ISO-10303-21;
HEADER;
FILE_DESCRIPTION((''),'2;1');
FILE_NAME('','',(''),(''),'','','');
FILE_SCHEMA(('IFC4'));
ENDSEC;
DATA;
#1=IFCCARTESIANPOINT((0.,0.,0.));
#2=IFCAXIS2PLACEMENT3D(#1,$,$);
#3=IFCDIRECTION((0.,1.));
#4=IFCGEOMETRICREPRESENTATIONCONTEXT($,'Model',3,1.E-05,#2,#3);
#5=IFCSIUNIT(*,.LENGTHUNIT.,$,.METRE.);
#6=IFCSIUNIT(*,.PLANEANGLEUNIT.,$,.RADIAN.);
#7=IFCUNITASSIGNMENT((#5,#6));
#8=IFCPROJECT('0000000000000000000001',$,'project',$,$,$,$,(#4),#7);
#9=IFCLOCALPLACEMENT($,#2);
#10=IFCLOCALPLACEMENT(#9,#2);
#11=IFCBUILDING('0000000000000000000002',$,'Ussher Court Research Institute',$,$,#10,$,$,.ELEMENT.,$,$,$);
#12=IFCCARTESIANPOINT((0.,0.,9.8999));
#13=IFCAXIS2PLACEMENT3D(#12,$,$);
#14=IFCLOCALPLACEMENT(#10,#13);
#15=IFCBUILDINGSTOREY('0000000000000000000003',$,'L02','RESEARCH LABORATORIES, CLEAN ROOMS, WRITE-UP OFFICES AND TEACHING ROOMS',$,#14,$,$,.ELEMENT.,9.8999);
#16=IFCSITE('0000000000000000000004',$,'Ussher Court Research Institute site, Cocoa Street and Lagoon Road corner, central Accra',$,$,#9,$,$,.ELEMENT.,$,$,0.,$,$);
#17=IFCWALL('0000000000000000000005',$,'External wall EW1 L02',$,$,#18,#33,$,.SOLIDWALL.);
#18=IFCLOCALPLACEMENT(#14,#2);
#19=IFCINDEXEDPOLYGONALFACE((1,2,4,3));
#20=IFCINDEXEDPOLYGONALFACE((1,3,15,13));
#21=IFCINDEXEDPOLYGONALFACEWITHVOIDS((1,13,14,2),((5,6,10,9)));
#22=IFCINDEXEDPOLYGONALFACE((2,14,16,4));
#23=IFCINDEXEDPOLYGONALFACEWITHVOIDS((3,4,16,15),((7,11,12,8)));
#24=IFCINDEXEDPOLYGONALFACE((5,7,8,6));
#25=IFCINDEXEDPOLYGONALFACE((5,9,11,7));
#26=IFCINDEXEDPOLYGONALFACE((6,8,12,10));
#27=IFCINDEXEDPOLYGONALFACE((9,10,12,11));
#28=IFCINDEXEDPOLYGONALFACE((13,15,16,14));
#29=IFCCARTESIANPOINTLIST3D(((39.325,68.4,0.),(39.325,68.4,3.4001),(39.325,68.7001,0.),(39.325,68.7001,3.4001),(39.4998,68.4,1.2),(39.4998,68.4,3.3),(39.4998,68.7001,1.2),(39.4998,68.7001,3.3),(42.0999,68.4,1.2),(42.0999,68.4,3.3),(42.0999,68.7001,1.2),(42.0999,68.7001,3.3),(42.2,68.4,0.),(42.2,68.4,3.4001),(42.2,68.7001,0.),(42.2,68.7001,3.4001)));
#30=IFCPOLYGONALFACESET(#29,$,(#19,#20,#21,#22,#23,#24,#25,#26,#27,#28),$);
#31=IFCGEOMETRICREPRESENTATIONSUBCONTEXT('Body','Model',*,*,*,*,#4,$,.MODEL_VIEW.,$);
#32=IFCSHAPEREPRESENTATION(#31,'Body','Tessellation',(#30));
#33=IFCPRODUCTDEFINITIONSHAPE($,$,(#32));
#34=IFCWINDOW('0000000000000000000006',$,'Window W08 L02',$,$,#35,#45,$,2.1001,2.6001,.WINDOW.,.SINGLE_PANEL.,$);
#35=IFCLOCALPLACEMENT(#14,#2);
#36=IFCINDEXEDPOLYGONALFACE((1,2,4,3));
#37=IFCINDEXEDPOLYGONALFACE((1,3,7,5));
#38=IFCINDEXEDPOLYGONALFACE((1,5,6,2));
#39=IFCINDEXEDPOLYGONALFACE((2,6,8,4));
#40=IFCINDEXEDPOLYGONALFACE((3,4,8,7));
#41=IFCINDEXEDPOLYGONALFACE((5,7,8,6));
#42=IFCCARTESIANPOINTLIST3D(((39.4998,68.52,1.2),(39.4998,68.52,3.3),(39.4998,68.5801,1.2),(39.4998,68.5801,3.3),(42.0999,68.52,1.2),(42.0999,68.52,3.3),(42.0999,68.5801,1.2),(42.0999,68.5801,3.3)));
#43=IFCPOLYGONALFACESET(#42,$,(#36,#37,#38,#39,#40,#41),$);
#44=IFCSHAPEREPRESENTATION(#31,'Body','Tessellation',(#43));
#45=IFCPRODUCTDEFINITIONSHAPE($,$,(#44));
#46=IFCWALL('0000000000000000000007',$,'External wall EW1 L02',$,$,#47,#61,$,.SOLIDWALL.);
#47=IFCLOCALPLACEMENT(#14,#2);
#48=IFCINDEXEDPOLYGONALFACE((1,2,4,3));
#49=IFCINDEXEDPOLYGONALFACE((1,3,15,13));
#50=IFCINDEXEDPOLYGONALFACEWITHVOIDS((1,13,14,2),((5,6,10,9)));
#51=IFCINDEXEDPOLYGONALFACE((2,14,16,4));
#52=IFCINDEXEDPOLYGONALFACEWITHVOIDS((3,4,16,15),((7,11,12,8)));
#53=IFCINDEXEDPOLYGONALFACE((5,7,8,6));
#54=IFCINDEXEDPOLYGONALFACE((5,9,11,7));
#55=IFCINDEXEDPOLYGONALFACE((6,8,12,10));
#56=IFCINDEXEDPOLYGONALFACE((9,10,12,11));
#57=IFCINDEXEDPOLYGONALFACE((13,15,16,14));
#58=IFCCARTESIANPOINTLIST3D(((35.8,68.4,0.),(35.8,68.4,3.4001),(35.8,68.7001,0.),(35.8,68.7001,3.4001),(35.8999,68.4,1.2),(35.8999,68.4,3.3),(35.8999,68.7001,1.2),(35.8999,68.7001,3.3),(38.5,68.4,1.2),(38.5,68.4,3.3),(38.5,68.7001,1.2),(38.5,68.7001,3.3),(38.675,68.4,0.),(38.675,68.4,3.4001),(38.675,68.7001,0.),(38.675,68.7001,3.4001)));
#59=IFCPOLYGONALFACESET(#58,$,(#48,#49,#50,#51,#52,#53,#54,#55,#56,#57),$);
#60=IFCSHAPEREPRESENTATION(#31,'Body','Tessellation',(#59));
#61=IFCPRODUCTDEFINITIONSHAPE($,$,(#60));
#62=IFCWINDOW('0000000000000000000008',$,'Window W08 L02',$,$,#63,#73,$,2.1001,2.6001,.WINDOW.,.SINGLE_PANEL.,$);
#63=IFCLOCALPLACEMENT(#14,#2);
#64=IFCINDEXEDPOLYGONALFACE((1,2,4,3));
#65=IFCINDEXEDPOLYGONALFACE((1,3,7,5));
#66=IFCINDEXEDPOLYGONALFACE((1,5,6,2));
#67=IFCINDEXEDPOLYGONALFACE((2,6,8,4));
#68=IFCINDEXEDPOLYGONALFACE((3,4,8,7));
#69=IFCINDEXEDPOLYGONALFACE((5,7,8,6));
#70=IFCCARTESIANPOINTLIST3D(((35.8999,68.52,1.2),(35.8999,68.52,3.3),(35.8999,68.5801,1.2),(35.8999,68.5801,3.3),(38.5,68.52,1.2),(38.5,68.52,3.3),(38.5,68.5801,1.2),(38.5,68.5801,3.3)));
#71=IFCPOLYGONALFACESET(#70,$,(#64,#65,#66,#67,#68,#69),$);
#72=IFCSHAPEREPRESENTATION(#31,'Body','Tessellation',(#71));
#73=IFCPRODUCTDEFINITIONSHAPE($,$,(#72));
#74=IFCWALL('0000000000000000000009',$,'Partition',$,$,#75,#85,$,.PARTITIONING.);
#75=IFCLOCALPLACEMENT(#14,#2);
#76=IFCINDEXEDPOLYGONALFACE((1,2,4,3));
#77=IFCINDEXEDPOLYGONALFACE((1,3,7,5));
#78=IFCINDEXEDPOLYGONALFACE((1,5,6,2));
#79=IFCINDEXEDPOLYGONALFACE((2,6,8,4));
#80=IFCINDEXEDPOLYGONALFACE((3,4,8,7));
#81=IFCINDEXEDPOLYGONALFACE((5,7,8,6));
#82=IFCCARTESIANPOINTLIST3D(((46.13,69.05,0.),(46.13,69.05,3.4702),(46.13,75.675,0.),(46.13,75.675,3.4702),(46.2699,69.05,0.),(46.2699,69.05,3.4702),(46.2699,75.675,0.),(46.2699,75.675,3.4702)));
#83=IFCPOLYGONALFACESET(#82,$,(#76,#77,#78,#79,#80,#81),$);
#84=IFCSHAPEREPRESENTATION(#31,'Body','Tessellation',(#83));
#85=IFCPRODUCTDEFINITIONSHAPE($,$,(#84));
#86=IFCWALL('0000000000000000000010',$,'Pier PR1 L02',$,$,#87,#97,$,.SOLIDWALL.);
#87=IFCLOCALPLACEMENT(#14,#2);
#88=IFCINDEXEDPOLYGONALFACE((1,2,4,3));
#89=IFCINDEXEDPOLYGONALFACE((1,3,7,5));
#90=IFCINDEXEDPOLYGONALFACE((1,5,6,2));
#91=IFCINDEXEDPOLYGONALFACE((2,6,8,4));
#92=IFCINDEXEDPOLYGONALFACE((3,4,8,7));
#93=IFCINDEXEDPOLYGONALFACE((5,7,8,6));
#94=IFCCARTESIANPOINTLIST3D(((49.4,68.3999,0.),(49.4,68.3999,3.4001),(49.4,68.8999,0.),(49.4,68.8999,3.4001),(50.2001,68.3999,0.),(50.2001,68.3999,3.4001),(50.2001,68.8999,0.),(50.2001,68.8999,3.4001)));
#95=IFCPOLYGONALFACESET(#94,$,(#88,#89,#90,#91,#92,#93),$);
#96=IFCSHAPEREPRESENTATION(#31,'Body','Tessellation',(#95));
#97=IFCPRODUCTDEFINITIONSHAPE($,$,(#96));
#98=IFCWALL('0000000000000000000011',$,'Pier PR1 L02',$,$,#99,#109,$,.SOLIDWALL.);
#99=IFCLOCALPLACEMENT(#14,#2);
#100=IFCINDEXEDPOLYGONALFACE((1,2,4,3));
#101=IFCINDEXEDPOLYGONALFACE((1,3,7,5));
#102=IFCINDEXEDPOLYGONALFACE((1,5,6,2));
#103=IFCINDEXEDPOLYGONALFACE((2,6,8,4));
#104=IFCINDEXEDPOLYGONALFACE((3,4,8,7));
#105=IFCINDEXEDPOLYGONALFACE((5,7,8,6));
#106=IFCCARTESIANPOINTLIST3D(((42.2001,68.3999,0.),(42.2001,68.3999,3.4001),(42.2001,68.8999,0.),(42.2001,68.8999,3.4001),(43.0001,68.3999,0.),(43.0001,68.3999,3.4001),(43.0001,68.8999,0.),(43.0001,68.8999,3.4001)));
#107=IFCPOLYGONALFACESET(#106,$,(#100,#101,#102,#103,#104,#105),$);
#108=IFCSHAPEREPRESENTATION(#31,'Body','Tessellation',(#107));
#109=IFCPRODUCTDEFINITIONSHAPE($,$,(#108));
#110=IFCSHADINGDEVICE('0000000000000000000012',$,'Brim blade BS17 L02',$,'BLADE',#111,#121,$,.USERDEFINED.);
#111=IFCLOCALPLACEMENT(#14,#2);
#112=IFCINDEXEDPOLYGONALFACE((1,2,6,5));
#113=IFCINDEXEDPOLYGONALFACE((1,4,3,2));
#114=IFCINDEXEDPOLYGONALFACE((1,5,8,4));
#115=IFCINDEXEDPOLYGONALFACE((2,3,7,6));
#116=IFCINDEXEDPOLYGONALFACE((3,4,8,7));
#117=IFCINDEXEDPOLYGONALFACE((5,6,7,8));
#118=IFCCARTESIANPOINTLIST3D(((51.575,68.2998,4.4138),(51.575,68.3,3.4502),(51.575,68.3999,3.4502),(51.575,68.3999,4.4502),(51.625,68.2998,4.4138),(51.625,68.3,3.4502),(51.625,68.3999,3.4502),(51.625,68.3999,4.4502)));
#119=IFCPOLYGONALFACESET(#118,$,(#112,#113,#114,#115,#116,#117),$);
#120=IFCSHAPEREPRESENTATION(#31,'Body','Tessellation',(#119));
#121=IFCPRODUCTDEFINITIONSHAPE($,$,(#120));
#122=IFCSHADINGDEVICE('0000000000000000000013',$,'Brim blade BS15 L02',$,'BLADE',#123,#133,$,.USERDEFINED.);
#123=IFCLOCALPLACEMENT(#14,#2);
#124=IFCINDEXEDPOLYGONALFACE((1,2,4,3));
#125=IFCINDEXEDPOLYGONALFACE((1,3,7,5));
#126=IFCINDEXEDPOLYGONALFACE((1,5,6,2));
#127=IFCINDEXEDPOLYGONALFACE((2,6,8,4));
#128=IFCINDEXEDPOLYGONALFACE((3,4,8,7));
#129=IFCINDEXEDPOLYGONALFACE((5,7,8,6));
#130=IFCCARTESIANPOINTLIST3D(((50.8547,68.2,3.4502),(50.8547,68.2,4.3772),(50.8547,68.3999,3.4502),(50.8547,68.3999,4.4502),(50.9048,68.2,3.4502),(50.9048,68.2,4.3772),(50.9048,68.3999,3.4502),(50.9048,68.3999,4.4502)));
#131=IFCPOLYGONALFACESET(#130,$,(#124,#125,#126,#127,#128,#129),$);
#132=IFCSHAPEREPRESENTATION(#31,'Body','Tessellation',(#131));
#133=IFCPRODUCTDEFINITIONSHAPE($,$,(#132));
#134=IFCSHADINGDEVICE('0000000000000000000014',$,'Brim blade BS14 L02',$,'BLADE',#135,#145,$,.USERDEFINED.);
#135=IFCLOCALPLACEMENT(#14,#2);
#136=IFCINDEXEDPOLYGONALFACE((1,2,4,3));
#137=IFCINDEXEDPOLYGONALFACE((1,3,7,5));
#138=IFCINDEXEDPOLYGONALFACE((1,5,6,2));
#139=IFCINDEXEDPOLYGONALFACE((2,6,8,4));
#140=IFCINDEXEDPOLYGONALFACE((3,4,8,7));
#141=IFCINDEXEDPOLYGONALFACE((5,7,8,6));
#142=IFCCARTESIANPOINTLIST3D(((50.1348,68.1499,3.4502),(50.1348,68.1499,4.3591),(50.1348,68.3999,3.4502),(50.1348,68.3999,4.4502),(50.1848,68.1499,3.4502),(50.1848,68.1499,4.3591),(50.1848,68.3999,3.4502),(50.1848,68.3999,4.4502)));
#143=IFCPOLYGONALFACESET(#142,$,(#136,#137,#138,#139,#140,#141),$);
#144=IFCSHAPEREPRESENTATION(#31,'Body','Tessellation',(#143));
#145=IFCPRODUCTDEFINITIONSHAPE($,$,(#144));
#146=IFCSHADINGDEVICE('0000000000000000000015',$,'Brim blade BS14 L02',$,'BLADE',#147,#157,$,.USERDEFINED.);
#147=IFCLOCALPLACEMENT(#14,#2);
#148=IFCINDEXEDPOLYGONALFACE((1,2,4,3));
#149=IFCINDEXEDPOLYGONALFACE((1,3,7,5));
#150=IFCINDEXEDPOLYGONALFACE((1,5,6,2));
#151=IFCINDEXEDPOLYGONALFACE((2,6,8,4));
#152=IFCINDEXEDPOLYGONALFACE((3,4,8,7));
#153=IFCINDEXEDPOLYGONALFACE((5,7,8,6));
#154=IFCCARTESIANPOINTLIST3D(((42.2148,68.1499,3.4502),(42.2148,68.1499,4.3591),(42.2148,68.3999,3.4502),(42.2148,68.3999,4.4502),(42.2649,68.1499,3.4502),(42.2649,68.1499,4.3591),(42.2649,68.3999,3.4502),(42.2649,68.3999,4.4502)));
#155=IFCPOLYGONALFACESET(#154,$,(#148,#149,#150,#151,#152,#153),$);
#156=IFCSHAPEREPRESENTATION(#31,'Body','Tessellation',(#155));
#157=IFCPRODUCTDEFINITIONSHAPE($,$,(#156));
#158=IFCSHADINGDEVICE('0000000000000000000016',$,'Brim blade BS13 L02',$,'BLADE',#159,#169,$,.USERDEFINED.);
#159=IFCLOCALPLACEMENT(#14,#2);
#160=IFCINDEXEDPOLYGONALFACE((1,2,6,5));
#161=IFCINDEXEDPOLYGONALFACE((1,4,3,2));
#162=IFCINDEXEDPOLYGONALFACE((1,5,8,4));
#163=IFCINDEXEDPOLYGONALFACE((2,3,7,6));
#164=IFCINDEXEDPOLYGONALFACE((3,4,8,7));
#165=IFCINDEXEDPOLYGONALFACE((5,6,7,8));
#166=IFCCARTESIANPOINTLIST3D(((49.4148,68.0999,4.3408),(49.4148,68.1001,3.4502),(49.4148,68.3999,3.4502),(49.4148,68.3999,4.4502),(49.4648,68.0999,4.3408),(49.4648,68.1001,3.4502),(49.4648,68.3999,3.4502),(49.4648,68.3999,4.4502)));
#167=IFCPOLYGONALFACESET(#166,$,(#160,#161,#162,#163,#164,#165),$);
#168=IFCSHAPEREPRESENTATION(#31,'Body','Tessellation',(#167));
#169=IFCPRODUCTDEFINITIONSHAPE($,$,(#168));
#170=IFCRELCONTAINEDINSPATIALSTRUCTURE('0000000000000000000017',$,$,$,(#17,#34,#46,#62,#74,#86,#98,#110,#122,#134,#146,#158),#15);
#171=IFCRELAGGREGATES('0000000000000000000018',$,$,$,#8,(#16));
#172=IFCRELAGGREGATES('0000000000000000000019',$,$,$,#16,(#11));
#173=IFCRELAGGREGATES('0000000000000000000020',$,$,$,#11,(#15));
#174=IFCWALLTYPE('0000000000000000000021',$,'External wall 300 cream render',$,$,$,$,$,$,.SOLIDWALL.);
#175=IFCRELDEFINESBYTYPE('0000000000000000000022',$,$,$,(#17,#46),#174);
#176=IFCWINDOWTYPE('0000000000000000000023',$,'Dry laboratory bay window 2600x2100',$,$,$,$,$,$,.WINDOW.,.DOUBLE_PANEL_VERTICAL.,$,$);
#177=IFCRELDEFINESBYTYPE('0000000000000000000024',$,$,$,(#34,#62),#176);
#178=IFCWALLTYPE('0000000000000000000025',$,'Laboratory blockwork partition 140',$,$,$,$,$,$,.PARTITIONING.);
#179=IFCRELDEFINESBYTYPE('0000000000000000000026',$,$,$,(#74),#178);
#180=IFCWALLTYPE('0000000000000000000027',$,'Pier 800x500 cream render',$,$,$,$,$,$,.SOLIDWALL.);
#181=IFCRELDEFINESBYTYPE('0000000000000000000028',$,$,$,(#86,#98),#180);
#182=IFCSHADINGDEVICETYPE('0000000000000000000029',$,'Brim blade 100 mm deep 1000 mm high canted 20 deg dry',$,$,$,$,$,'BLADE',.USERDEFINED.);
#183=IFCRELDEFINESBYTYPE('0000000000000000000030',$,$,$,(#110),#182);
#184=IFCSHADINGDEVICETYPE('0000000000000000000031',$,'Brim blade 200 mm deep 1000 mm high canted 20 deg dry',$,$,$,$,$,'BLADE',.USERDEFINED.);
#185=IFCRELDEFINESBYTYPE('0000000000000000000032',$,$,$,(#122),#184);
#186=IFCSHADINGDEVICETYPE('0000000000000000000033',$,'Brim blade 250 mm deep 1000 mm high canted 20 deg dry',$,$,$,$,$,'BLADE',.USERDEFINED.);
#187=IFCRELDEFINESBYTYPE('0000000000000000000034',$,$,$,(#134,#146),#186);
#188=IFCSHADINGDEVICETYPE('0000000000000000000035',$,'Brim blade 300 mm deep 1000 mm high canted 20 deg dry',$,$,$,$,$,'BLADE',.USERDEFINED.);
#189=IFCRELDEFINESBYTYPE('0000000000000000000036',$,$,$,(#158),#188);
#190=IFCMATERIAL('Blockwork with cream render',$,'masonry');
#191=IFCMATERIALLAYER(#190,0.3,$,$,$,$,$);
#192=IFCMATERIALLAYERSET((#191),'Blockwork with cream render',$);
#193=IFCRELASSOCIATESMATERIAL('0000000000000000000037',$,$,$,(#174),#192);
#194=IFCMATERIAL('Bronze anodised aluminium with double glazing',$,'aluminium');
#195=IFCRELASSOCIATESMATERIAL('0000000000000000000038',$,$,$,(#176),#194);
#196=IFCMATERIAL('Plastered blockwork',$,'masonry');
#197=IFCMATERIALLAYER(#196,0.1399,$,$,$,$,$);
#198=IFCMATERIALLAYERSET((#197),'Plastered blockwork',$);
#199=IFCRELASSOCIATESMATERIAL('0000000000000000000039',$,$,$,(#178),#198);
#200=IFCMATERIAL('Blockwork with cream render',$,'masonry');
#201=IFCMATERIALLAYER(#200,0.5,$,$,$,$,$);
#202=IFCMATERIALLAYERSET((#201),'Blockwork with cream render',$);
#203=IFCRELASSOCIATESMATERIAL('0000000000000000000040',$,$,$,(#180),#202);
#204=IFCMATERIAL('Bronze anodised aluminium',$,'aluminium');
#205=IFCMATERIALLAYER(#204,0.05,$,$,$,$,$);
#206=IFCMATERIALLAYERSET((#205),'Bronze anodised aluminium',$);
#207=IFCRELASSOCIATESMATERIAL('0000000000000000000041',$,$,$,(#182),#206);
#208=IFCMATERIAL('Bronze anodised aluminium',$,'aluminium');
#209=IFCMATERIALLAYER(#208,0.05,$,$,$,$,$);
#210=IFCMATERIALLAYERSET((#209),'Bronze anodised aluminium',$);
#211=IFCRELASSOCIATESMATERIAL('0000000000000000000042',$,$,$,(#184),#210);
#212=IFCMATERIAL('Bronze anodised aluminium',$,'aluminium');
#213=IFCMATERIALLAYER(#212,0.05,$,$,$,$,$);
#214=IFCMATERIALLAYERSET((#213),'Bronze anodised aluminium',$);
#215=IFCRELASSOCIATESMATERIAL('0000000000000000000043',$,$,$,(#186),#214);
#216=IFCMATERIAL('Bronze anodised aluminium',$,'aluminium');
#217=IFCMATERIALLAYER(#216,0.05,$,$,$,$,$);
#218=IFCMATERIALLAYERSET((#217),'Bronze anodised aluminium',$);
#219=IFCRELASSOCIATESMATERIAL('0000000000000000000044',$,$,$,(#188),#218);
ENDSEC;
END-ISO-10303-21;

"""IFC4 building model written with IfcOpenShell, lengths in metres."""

from ifc_helpers import new_model, si_unit, direction, frame, frame_2d, origin, place, context, subcontext, project, spatial, polyline, rectangle, outline, extrude, material, layer, layer_set, type_object, element, fill, save


model = new_model("IFC4")

# Units and contexts
model_context = context("Model", 3, precision=1e-05, world=origin(), true_north=direction((0.0, 1.0)))
body_context = subcontext(model_context, "Body", "Model", "MODEL_VIEW")
ifc_project = project(units=[si_unit("LENGTHUNIT", "METRE"), si_unit("PLANEANGLEUNIT", "RADIAN")], contexts=[model_context])

# Site, building, storey
site_placement = place(None, origin())
site = spatial("IfcSite", under=ifc_project, at=site_placement, Name="Ussher Court Research Institute site, Cocoa Street and Lagoon Road corner, central Accra", CompositionType="ELEMENT", RefElevation=0.0)
building_placement = place(site_placement, origin())
building = spatial("IfcBuilding", under=site, at=building_placement, Name="Ussher Court Research Institute", CompositionType="ELEMENT")
storey_placement = place(building_placement, frame((0.0, 0.0, 9.8999)))
storey = spatial("IfcBuildingStorey", under=building, at=storey_placement, Name="L02", Description="RESEARCH LABORATORIES, CLEAN ROOMS, WRITE-UP OFFICES AND TEACHING ROOMS", CompositionType="ELEMENT", Elevation=9.8999)

# Walls, openings, windows
ifc_material_1 = material(Name="Blockwork with cream render", Category="masonry")
ifc_layer_1 = layer(ifc_material_1, 0.3)
ifc_layer_set_1 = layer_set([ifc_layer_1], Name="Blockwork with cream render")
wall_type_1 = type_object("IfcWallType", Name="External wall 300 cream render", PredefinedType="SOLIDWALL", material=ifc_layer_set_1)
ifc_material_2 = material(Name="Bronze anodised aluminium with double glazing", Category="aluminium")
window_type = type_object("IfcWindowType", Name="Dry laboratory bay window 2600x2100", PartitioningType="DOUBLE_PANEL_VERTICAL", PredefinedType="WINDOW", material=ifc_material_2)
wall_1_placement = place(storey_placement, frame((42.2, 68.55, 0.0), z_axis=(0.0, 0.0, 1.0), x_axis=(-1.0, 0.0, 0.0)))
wall_1 = element("IfcWall", 1, at=wall_1_placement, inside=storey, type_object=wall_type_1, Name="External wall EW1 L02", PredefinedType="SOLIDWALL", context=body_context, shape_type="SweptSolid", body=[
    extrude(rectangle(XDim=2.875, YDim=0.3, at=frame_2d((1.4375, 0.0))), origin(), (0.0, 0.0, 1.0), 3.4001),
])
opening_1_placement = place(wall_1_placement, frame((0.1001, 0.0, 1.2)))
opening_1 = element("IfcOpeningElement", 2, at=opening_1_placement, cuts=wall_1, PredefinedType="OPENING", context=body_context, shape_type="SweptSolid", body=[
    extrude(rectangle(XDim=2.6001, YDim=2.1001, at=frame_2d((1.3, 1.05))), frame((0.0, 0.1602, 0.0), z_axis=(0.0, -1.0, 0.0), x_axis=(1.0, 0.0, 0.0)), (0.0, 0.0, 1.0), 0.3201),
])
window_1_placement = place(opening_1_placement, origin())
window_1 = element("IfcWindow", 3, at=window_1_placement, inside=storey, type_object=window_type, Name="Window W08 L02", OverallHeight=2.1001, OverallWidth=2.6001, PartitioningType="SINGLE_PANEL", PredefinedType="WINDOW", context=body_context, shape_type="SweptSolid", body=[
    extrude(rectangle(XDim=2.6001, YDim=2.1001, at=frame_2d((1.3, 1.05))), frame((0.0, 0.03, 0.0), z_axis=(0.0, -1.0, 0.0), x_axis=(1.0, 0.0, 0.0)), (0.0, 0.0, 1.0), 0.0601),
])
fill(opening_1, window_1)
wall_2_placement = place(storey_placement, frame((38.675, 68.55, 0.0), z_axis=(0.0, 0.0, 1.0), x_axis=(-1.0, 0.0, 0.0)))
wall_2 = element("IfcWall", 4, at=wall_2_placement, inside=storey, type_object=wall_type_1, Name="External wall EW1 L02", PredefinedType="SOLIDWALL", context=body_context, shape_type="SweptSolid", body=[
    extrude(rectangle(XDim=2.875, YDim=0.3, at=frame_2d((1.4375, 0.0))), origin(), (0.0, 0.0, 1.0), 3.4001),
])
opening_2_placement = place(wall_2_placement, frame((0.175, 0.0, 1.2)))
opening_2 = element("IfcOpeningElement", 5, at=opening_2_placement, cuts=wall_2, PredefinedType="OPENING", context=body_context, shape_type="SweptSolid", body=[
    extrude(rectangle(XDim=2.6001, YDim=2.1001, at=frame_2d((1.3, 1.05))), frame((0.0, 0.1602, 0.0), z_axis=(0.0, -1.0, 0.0), x_axis=(1.0, 0.0, 0.0)), (0.0, 0.0, 1.0), 0.3201),
])
window_2_placement = place(opening_2_placement, origin())
window_2 = element("IfcWindow", 6, at=window_2_placement, inside=storey, type_object=window_type, Name="Window W08 L02", OverallHeight=2.1001, OverallWidth=2.6001, PartitioningType="SINGLE_PANEL", PredefinedType="WINDOW", context=body_context, shape_type="SweptSolid", body=[
    extrude(rectangle(XDim=2.6001, YDim=2.1001, at=frame_2d((1.3, 1.05))), frame((0.0, 0.03, 0.0), z_axis=(0.0, -1.0, 0.0), x_axis=(1.0, 0.0, 0.0)), (0.0, 0.0, 1.0), 0.0601),
])
fill(opening_2, window_2)

# Walls
ifc_material_3 = material(Name="Plastered blockwork", Category="masonry")
ifc_layer_2 = layer(ifc_material_3, 0.1399)
ifc_layer_set_2 = layer_set([ifc_layer_2], Name="Plastered blockwork")
wall_type_2 = type_object("IfcWallType", Name="Laboratory blockwork partition 140", PredefinedType="PARTITIONING", material=ifc_layer_set_2)
wall_3_placement = place(storey_placement, frame((46.2, 69.05, 0.0), z_axis=(0.0, 0.0, 1.0), x_axis=(0.0, 1.0, 0.0)))
element("IfcWall", 7, at=wall_3_placement, inside=storey, type_object=wall_type_2, Name="Partition", PredefinedType="PARTITIONING", context=body_context, shape_type="SweptSolid", body=[
    extrude(rectangle(XDim=6.625, YDim=0.1399, at=frame_2d((3.3125, 0.0))), origin(), (0.0, 0.0, 1.0), 3.4702),
])
ifc_material_4 = material(Name="Blockwork with cream render", Category="masonry")
ifc_layer_3 = layer(ifc_material_4, 0.5)
ifc_layer_set_3 = layer_set([ifc_layer_3], Name="Blockwork with cream render")
wall_type_3 = type_object("IfcWallType", Name="Pier 800x500 cream render", PredefinedType="SOLIDWALL", material=ifc_layer_set_3)
for number, where, z_axis, x_axis, name in (
    (8, (50.2, 68.6499, 0.0), (0.0, 0.0, 1.0), (-1.0, 0.0, 0.0), "Pier PR1 L02"),
    (9, (43.0, 68.6499, 0.0), (0.0, 0.0, 1.0), (-1.0, 0.0, 0.0), "Pier PR1 L02"),
):
    element("IfcWall", number, at=place(storey_placement, frame(where, z_axis=z_axis, x_axis=x_axis)), inside=storey, type_object=wall_type_3, Name=name, PredefinedType="SOLIDWALL", context=body_context, shape_type="SweptSolid", body=[
        extrude(rectangle(XDim=0.8, YDim=0.5, at=frame_2d((0.3999, 0.0))), origin(), (0.0, 0.0, 1.0), 3.4001),
    ])

# Shading devices
ifc_material_5 = material(Name="Bronze anodised aluminium", Category="aluminium")
ifc_layer_4 = layer(ifc_material_5, 0.05)
ifc_layer_set_4 = layer_set([ifc_layer_4], Name="Bronze anodised aluminium")
shading_device_type_1 = type_object("IfcShadingDeviceType", Name="Brim blade 100 mm deep 1000 mm high canted 20 deg dry", ElementType="BLADE", PredefinedType="USERDEFINED", material=ifc_layer_set_4)
shading_device_1_placement = place(storey_placement, frame((51.6001, 68.3999, 3.4502), z_axis=(0.0, 0.0, 1.0), x_axis=(0.0, -1.0, 0.0)))
element("IfcShadingDevice", 10, at=shading_device_1_placement, inside=storey, type_object=shading_device_type_1, Name="Brim blade BS17 L02", ObjectType="BLADE", PredefinedType="USERDEFINED", context=body_context, shape_type="SweptSolid", body=[
    extrude(outline(polyline([(0.0, 0.0), (0.0999, 0.0), (0.1001, 0.9636), (0.0, 1.0), (0.0, 0.0)])), frame((0.0, 0.0249, 0.0), z_axis=(0.0, -1.0, 0.0), x_axis=(1.0, 0.0, 0.0)), (0.0, 0.0, 1.0), 0.05),
])
ifc_material_6 = material(Name="Bronze anodised aluminium", Category="aluminium")
ifc_layer_5 = layer(ifc_material_6, 0.05)
ifc_layer_set_5 = layer_set([ifc_layer_5], Name="Bronze anodised aluminium")
shading_device_type_2 = type_object("IfcShadingDeviceType", Name="Brim blade 200 mm deep 1000 mm high canted 20 deg dry", ElementType="BLADE", PredefinedType="USERDEFINED", material=ifc_layer_set_5)
shading_device_2_placement = place(storey_placement, frame((50.8799, 68.3999, 3.4502), z_axis=(0.0, 0.0, 1.0), x_axis=(0.0, -1.0, 0.0)))
element("IfcShadingDevice", 11, at=shading_device_2_placement, inside=storey, type_object=shading_device_type_2, Name="Brim blade BS15 L02", ObjectType="BLADE", PredefinedType="USERDEFINED", context=body_context, shape_type="SweptSolid", body=[
    extrude(outline(polyline([(0.0, 0.0), (0.2, 0.0), (0.2, 0.927), (0.0, 1.0), (0.0, 0.0)])), frame((0.0, 0.0249, 0.0), z_axis=(0.0, -1.0, 0.0), x_axis=(1.0, 0.0, 0.0)), (0.0, 0.0, 1.0), 0.05),
])
ifc_material_7 = material(Name="Bronze anodised aluminium", Category="aluminium")
ifc_layer_6 = layer(ifc_material_7, 0.05)
ifc_layer_set_6 = layer_set([ifc_layer_6], Name="Bronze anodised aluminium")
shading_device_type_3 = type_object("IfcShadingDeviceType", Name="Brim blade 250 mm deep 1000 mm high canted 20 deg dry", ElementType="BLADE", PredefinedType="USERDEFINED", material=ifc_layer_set_6)
for number, where, z_axis, x_axis, name in (
    (12, (50.1599, 68.3999, 3.4502), (0.0, 0.0, 1.0), (0.0, -1.0, 0.0), "Brim blade BS14 L02"),
    (13, (42.24, 68.3999, 3.4502), (0.0, 0.0, 1.0), (0.0, -1.0, 0.0), "Brim blade BS14 L02"),
):
    element("IfcShadingDevice", number, at=place(storey_placement, frame(where, z_axis=z_axis, x_axis=x_axis)), inside=storey, type_object=shading_device_type_3, Name=name, ObjectType="BLADE", PredefinedType="USERDEFINED", context=body_context, shape_type="SweptSolid", body=[
        extrude(outline(polyline([(0.0, 0.0), (0.25, 0.0), (0.25, 0.9089), (0.0, 1.0), (0.0, 0.0)])), frame((0.0, 0.0249, 0.0), z_axis=(0.0, -1.0, 0.0), x_axis=(1.0, 0.0, 0.0)), (0.0, 0.0, 1.0), 0.05),
    ])
ifc_material_8 = material(Name="Bronze anodised aluminium", Category="aluminium")
ifc_layer_7 = layer(ifc_material_8, 0.05)
ifc_layer_set_7 = layer_set([ifc_layer_7], Name="Bronze anodised aluminium")
shading_device_type_4 = type_object("IfcShadingDeviceType", Name="Brim blade 300 mm deep 1000 mm high canted 20 deg dry", ElementType="BLADE", PredefinedType="USERDEFINED", material=ifc_layer_set_7)
for number, where, z_axis, x_axis, name in (
    (14, (49.4399, 68.3999, 3.4502), (0.0, 0.0, 1.0), (0.0, -1.0, 0.0), "Brim blade BS13 L02"),
):
    element("IfcShadingDevice", number, at=place(storey_placement, frame(where, z_axis=z_axis, x_axis=x_axis)), inside=storey, type_object=shading_device_type_4, Name=name, ObjectType="BLADE", PredefinedType="USERDEFINED", context=body_context, shape_type="SweptSolid", body=[
        extrude(outline(polyline([(0.0, 0.0), (0.2998, 0.0), (0.3, 0.8906), (0.0, 1.0), (0.0, 0.0)])), frame((0.0, 0.0249, 0.0), z_axis=(0.0, -1.0, 0.0), x_axis=(1.0, 0.0, 0.0)), (0.0, 0.0, 1.0), 0.05),
    ])

save(model, "model.ifc")
